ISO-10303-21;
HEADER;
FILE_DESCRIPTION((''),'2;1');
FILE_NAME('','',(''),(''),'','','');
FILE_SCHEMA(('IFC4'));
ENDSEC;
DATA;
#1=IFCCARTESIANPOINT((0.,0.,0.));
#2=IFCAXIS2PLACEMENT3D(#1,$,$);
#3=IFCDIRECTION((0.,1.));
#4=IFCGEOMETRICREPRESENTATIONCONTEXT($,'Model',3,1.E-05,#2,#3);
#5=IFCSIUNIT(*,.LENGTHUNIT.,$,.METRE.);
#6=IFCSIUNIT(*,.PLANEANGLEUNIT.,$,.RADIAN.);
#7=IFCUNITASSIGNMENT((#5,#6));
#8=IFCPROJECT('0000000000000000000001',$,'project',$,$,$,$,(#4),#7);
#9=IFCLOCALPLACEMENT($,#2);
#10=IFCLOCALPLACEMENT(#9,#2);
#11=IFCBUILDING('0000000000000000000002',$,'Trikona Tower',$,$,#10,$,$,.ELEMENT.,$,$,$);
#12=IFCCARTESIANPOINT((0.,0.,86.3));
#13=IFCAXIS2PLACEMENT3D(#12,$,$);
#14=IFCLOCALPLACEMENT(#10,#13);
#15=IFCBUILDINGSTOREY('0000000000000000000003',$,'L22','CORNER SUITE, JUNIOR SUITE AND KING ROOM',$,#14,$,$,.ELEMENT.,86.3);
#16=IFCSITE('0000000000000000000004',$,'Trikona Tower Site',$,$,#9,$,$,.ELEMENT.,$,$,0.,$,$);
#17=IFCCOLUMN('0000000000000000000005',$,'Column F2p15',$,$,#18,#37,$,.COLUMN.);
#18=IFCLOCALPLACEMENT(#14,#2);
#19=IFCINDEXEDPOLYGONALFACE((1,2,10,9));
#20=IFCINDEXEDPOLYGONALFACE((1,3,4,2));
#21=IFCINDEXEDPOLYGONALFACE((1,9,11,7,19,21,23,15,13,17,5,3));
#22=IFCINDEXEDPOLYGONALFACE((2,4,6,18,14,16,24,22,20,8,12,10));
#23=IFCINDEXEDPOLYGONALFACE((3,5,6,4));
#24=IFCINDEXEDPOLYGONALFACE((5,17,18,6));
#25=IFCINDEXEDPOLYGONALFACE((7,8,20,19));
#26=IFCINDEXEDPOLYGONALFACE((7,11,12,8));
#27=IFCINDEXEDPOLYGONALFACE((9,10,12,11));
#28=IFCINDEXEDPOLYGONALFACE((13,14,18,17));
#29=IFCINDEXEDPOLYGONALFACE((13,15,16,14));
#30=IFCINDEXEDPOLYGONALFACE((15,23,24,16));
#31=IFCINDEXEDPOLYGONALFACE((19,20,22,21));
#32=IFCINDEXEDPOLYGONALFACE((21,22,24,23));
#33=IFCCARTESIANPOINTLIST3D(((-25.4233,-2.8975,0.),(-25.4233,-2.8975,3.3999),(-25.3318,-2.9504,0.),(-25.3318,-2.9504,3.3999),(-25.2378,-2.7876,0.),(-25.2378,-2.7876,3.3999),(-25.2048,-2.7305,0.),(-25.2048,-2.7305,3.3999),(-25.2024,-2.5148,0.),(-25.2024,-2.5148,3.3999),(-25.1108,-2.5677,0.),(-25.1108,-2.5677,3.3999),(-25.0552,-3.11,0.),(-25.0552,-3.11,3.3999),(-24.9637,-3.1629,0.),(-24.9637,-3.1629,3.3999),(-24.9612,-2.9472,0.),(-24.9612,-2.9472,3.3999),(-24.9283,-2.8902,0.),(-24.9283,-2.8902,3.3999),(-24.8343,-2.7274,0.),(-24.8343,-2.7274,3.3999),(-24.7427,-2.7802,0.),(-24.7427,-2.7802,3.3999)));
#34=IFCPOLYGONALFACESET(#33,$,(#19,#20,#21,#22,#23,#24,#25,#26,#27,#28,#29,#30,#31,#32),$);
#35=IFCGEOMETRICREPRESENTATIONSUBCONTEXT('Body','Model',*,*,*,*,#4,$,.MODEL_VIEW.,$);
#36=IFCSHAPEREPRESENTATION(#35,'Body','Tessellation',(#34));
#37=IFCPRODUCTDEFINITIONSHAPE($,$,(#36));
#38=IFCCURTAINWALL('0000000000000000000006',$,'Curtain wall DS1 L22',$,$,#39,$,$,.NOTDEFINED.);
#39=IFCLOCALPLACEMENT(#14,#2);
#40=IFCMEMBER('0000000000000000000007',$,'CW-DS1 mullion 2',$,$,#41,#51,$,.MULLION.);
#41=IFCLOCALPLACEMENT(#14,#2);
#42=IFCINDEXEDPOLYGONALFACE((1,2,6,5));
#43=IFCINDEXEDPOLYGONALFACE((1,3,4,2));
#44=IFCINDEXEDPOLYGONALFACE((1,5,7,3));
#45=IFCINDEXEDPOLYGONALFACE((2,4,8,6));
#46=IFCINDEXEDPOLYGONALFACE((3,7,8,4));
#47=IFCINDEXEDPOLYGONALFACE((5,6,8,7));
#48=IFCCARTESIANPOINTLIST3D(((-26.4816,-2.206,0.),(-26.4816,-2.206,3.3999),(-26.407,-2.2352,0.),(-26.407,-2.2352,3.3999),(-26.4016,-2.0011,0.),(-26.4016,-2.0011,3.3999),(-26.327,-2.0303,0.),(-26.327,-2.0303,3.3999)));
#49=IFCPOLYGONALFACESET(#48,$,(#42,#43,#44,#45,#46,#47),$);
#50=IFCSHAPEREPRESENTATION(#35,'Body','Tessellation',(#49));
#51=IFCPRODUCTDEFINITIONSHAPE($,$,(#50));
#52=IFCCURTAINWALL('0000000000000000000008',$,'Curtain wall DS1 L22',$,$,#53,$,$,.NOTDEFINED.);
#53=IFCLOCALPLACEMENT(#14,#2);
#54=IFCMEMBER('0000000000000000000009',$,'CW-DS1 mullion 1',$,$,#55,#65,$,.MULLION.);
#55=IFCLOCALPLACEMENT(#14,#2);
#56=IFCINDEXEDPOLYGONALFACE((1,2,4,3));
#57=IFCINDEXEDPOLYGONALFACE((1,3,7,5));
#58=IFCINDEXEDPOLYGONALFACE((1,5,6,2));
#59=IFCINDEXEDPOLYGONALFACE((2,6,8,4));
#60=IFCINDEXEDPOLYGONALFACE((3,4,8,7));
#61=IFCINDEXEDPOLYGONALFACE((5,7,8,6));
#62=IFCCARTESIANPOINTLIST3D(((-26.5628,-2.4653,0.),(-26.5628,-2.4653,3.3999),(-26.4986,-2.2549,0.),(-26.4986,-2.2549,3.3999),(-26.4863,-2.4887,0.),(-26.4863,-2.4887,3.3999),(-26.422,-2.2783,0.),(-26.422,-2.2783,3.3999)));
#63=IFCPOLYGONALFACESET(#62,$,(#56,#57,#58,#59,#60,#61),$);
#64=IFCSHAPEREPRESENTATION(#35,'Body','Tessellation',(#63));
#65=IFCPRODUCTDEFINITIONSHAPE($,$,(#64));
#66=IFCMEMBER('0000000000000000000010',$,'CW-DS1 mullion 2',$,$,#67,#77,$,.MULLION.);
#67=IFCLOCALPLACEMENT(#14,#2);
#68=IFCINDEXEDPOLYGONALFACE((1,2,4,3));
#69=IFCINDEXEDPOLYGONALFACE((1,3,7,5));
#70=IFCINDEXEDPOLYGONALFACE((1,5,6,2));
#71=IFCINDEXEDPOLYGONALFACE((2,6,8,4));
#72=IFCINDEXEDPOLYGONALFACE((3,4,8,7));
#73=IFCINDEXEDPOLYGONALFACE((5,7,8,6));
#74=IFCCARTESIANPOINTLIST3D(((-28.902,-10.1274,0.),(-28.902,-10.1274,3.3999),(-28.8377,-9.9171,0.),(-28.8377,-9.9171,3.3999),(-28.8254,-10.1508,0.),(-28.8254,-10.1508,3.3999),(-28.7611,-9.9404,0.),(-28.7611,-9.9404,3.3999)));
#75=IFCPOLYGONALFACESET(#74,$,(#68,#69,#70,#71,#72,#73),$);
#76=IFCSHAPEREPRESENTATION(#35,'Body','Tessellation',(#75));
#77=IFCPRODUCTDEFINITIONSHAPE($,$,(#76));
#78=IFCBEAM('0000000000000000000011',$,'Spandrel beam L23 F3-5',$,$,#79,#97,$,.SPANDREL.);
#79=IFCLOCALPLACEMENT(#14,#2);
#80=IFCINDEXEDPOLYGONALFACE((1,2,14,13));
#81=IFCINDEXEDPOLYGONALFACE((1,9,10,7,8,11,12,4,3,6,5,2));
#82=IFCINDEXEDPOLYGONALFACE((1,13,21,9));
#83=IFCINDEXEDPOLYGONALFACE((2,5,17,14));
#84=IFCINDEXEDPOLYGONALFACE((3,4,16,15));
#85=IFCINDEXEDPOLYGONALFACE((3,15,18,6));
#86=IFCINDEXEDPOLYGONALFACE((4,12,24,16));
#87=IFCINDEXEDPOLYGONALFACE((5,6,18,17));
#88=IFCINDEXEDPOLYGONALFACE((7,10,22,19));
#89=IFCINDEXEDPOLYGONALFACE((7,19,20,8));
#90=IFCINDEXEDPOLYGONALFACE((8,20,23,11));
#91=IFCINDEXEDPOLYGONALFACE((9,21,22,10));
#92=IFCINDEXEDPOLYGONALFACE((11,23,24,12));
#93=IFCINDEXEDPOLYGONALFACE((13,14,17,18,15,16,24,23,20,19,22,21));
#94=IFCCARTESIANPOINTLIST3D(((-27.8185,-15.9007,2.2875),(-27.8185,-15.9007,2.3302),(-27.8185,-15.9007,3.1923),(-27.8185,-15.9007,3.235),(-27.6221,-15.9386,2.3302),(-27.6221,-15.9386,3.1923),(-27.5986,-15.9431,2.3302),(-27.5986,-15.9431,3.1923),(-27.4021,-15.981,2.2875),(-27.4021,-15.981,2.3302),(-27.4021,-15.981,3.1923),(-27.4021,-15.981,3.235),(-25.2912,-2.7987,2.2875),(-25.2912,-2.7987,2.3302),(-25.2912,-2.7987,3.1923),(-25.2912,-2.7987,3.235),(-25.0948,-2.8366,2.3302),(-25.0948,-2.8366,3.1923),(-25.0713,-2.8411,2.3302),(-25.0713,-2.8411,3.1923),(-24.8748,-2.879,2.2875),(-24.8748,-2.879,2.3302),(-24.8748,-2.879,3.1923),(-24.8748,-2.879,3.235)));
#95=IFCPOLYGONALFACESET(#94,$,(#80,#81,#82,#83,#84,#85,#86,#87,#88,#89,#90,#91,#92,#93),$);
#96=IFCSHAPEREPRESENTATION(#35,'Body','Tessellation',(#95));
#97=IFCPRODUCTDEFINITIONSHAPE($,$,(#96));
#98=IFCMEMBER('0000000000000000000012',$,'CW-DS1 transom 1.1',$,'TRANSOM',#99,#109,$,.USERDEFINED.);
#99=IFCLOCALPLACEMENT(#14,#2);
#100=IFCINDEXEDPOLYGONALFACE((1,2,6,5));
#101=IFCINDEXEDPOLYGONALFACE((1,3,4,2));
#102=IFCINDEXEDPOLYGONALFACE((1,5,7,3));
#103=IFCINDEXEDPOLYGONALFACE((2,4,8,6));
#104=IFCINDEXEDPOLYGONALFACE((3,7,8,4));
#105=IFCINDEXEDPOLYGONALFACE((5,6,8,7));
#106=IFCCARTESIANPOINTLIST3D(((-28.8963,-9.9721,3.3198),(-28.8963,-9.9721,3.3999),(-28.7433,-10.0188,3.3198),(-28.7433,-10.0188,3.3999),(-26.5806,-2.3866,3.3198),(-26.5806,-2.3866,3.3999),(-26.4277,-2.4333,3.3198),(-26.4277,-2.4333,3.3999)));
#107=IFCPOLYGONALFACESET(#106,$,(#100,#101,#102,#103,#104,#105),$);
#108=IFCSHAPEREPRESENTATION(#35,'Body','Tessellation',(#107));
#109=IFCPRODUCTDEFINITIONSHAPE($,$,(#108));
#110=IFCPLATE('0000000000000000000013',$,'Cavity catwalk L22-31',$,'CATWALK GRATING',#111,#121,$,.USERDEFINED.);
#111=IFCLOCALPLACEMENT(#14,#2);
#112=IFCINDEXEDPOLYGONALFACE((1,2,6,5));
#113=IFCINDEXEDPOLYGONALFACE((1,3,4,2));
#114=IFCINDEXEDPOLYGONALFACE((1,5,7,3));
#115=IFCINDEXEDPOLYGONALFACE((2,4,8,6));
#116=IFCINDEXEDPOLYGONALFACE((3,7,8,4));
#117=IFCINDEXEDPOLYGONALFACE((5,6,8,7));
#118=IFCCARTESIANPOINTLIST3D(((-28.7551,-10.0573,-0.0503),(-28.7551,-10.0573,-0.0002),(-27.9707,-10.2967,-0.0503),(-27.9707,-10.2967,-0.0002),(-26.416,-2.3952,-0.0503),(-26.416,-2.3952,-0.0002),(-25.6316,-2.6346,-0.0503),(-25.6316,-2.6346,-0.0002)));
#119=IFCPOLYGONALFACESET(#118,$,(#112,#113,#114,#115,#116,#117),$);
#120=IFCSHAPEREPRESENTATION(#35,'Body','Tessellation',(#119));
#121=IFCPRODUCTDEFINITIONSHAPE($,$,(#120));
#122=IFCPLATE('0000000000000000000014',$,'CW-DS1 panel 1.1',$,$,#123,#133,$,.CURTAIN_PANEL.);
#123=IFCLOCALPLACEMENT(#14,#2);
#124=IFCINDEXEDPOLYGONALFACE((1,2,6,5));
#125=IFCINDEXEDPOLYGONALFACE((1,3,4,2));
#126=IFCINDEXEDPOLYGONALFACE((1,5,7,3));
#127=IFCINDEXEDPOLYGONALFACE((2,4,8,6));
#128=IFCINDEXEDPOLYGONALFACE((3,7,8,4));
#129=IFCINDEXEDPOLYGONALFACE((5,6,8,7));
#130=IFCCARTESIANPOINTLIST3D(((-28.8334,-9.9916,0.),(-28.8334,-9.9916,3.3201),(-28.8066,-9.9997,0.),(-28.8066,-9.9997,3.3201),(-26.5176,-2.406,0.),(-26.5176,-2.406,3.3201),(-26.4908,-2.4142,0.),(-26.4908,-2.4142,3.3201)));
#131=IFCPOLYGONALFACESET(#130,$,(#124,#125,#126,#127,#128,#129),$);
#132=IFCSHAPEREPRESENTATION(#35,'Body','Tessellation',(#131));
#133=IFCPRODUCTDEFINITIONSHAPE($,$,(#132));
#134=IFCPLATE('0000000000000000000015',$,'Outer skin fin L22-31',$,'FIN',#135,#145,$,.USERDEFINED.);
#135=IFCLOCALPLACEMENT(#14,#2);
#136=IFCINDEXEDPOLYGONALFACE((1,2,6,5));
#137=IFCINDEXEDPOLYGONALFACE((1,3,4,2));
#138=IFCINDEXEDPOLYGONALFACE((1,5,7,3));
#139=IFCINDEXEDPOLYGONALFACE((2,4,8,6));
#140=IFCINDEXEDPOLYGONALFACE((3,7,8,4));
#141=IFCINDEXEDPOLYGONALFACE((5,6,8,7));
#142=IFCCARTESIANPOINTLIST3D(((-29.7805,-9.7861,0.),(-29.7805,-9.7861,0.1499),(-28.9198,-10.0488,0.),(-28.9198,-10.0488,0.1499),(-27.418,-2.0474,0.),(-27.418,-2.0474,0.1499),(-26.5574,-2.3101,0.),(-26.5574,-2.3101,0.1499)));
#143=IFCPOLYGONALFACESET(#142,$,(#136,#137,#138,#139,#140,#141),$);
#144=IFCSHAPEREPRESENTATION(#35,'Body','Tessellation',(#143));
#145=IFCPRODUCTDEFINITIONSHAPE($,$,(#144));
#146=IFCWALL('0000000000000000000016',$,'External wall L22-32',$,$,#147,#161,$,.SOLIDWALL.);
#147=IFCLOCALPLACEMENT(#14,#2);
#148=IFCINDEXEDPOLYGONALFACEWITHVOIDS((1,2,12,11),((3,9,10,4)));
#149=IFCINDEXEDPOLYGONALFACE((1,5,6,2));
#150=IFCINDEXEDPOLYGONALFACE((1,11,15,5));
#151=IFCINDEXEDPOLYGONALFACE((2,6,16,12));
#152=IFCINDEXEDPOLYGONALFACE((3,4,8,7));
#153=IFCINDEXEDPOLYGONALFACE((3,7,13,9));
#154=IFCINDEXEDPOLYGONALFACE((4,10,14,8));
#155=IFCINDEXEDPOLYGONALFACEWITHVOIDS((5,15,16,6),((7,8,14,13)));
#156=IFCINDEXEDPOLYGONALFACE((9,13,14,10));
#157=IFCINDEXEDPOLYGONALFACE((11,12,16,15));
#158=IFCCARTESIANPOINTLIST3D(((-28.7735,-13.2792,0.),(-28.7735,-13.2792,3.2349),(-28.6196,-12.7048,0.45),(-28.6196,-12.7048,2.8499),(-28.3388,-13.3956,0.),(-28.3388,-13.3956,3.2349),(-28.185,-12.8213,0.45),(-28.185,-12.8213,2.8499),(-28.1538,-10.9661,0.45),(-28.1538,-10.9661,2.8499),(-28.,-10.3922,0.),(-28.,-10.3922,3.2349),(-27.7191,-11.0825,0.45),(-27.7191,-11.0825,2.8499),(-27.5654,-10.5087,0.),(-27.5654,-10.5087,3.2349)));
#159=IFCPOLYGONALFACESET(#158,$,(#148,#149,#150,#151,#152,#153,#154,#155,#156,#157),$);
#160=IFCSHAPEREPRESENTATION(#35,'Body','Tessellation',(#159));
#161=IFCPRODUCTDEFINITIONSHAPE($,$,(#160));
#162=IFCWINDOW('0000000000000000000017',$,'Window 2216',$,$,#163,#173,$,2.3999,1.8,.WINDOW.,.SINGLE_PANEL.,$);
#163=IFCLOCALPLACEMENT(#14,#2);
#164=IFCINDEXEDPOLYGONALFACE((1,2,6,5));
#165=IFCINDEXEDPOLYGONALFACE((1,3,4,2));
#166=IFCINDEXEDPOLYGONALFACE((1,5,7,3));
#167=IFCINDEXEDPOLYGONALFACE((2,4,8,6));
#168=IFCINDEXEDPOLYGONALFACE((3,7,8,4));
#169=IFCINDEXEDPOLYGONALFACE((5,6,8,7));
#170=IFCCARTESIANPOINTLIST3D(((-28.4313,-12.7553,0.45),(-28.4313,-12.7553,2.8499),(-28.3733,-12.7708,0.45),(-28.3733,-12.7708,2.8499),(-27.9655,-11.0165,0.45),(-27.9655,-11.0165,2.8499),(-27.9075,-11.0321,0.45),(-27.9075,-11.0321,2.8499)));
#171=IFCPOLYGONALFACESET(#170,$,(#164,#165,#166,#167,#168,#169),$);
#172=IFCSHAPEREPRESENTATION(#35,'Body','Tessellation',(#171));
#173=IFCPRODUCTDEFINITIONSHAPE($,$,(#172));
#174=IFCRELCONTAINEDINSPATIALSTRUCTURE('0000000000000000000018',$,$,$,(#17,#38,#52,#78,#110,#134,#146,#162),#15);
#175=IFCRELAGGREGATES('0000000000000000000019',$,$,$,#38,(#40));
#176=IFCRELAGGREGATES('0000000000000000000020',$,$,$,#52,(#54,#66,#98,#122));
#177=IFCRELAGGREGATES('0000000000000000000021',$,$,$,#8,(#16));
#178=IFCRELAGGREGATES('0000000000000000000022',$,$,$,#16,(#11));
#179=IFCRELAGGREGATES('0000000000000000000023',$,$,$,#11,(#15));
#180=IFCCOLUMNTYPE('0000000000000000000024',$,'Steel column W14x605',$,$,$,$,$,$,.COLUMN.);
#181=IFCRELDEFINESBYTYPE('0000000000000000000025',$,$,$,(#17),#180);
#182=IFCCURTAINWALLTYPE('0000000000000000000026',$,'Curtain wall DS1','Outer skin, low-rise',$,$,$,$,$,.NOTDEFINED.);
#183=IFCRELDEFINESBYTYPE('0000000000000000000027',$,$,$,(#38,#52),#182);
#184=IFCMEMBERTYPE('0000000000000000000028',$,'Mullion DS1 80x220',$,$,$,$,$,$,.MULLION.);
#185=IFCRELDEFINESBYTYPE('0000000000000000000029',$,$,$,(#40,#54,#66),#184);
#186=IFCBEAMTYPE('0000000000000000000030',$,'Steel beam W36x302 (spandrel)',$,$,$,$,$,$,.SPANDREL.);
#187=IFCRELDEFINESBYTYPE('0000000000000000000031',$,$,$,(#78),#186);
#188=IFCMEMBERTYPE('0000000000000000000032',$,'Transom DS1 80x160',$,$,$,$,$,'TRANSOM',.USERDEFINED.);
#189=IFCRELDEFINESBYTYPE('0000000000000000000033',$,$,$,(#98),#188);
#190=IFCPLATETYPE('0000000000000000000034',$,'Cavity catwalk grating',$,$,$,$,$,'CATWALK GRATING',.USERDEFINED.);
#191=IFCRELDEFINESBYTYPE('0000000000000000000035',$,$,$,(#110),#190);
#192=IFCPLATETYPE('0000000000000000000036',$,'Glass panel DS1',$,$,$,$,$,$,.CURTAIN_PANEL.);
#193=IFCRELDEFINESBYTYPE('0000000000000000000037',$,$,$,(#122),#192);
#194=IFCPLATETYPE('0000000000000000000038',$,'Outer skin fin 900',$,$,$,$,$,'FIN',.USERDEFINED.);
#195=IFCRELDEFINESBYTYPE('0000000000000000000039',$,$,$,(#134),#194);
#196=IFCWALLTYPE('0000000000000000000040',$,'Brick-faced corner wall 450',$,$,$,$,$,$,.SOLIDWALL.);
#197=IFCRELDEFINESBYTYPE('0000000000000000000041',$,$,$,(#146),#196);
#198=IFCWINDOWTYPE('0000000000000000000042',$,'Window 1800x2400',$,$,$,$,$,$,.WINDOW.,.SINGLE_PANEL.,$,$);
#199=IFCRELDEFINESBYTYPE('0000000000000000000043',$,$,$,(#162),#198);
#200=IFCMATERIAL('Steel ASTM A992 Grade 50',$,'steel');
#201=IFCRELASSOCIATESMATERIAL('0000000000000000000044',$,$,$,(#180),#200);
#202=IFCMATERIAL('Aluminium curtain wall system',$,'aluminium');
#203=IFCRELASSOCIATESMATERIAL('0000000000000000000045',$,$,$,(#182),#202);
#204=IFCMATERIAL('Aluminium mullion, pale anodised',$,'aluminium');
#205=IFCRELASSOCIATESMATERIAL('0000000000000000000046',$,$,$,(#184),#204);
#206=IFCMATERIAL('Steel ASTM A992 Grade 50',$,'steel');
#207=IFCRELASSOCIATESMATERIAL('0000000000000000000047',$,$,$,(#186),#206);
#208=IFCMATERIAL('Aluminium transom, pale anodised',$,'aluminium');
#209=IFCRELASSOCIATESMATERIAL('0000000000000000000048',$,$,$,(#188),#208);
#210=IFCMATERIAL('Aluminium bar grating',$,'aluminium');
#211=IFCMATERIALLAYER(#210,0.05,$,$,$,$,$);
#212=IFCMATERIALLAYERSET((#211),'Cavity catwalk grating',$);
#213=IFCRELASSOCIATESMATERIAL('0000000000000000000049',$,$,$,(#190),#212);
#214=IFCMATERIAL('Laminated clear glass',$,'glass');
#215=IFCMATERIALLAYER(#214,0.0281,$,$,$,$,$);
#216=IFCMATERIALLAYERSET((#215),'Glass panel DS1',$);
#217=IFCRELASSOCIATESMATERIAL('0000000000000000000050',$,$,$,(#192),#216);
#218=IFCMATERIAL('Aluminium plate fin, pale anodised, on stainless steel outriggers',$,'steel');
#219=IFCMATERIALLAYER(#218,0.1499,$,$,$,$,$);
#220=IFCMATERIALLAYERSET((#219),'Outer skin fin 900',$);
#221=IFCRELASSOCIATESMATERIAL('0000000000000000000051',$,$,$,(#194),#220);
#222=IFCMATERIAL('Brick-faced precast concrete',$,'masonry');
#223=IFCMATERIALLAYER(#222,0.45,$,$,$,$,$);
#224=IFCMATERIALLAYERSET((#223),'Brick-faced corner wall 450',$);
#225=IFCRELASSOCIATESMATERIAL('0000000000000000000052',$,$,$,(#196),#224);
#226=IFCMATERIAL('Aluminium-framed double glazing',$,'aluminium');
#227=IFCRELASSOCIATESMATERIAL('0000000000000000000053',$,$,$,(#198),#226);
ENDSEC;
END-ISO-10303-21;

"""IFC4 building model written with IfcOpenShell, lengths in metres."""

from ifc_helpers import new_model, si_unit, direction, frame, frame_2d, origin, origin_2d, place, context, subcontext, project, spatial, rectangle, i_section, extrude, material, layer, layer_set, material_profile, profile_set, type_object, element, fill, aggregate, save


model = new_model("IFC4")

# Units and contexts
model_context = context("Model", 3, precision=1e-05, world=origin(), true_north=direction((0.0, 1.0)))
body_context = subcontext(model_context, "Body", "Model", "MODEL_VIEW")
ifc_project = project(units=[si_unit("LENGTHUNIT", "METRE"), si_unit("PLANEANGLEUNIT", "RADIAN")], contexts=[model_context])

# Site, building, storey
site_placement = place(None, origin())
site = spatial("IfcSite", under=ifc_project, at=site_placement, Name="Trikona Tower Site", CompositionType="ELEMENT", RefElevation=0.0)
building_placement = place(site_placement, origin())
building = spatial("IfcBuilding", under=site, at=building_placement, Name="Trikona Tower", CompositionType="ELEMENT")
storey_placement = place(building_placement, frame((0.0, 0.0, 86.3)))
storey = spatial("IfcBuildingStorey", under=building, at=storey_placement, Name="L22", Description="CORNER SUITE, JUNIOR SUITE AND KING ROOM", CompositionType="ELEMENT", Elevation=86.3)

# Column
ifc_material_1 = material(Name="Steel ASTM A992 Grade 50", Category="steel")
ifc_material_profile_1 = material_profile(ifc_material_1, i_section(OverallWidth=0.4419, OverallDepth=0.5308, WebThickness=0.0659, FlangeThickness=0.1057, at=origin_2d()), Name="W14X605")
ifc_profile_set_1 = profile_set([ifc_material_profile_1], Name="Steel ASTM A992 Grade 50")
column_type = type_object("IfcColumnType", Name="Steel column W14x605", PredefinedType="COLUMN", material=ifc_profile_set_1)
column_placement = place(storey_placement, frame((-25.083, -2.8389, 0.0), z_axis=(0.0, 0.0, 1.0), x_axis=(-0.5, -0.866025, 0.0)))
element("IfcColumn", 1, at=column_placement, inside=storey, type_object=column_type, Name="Column F2p15", PredefinedType="COLUMN", context=body_context, shape_type="SweptSolid", body=[
    extrude(i_section(OverallWidth=0.4419, OverallDepth=0.5308, WebThickness=0.0659, FlangeThickness=0.1057, at=origin_2d()), origin(), (0.0, 0.0, 1.0), 3.3999),
])

# Curtain wall, member
ifc_material_2 = material(Name="Aluminium curtain wall system", Category="aluminium")
curtain_wall_type = type_object("IfcCurtainWallType", Name="Curtain wall DS1", Description="Outer skin, low-rise", PredefinedType="NOTDEFINED", material=ifc_material_2)
curtain_wall_1_placement = place(storey_placement, origin())
curtain_wall_1 = element("IfcCurtainWall", 2, at=curtain_wall_1_placement, inside=storey, type_object=curtain_wall_type, Name="Curtain wall DS1 L22", PredefinedType="NOTDEFINED")
ifc_material_3 = material(Name="Aluminium mullion, pale anodised", Category="aluminium")
ifc_material_profile_2 = material_profile(ifc_material_3, rectangle(XDim=0.0801, YDim=0.22, at=origin_2d()), Name="MUL-DS1")
ifc_profile_set_2 = profile_set([ifc_material_profile_2], Name="Aluminium mullion, pale anodised")
member_type_1 = type_object("IfcMemberType", Name="Mullion DS1 80x220", PredefinedType="MULLION", material=ifc_profile_set_2)
member_1_placement = place(storey_placement, frame((-26.4043, -2.1182, 0.0), z_axis=(0.0, 0.0, 1.0), x_axis=(0.931396, -0.364008, 0.0)))
member_1 = element("IfcMember", 3, at=member_1_placement, type_object=member_type_1, Name="CW-DS1 mullion 2", PredefinedType="MULLION", context=body_context, shape_type="SweptSolid", body=[
    extrude(rectangle(XDim=0.0801, YDim=0.22, at=origin_2d()), origin(), (0.0, 0.0, 1.0), 3.3999),
])
aggregate(curtain_wall_1, [member_1])

# Curtain wall, members
curtain_wall_2_placement = place(storey_placement, origin())
curtain_wall_2 = element("IfcCurtainWall", 4, at=curtain_wall_2_placement, inside=storey, type_object=curtain_wall_type, Name="Curtain wall DS1 L22", PredefinedType="NOTDEFINED")
member_2_placement = place(storey_placement, frame((-26.4924, -2.3718, 0.0), z_axis=(0.0, 0.0, 1.0), x_axis=(0.956423, -0.291984, 0.0)))
member_2 = element("IfcMember", 5, at=member_2_placement, type_object=member_type_1, Name="CW-DS1 mullion 1", PredefinedType="MULLION", context=body_context, shape_type="SweptSolid", body=[
    extrude(rectangle(XDim=0.0801, YDim=0.22, at=origin_2d()), origin(), (0.0, 0.0, 1.0), 3.3999),
])
member_3_placement = place(storey_placement, frame((-28.8315, -10.0339, 0.0), z_axis=(0.0, 0.0, 1.0), x_axis=(0.956423, -0.291984, 0.0)))
member_3 = element("IfcMember", 6, at=member_3_placement, type_object=member_type_1, Name="CW-DS1 mullion 2", PredefinedType="MULLION", context=body_context, shape_type="SweptSolid", body=[
    extrude(rectangle(XDim=0.0801, YDim=0.22, at=origin_2d()), origin(), (0.0, 0.0, 1.0), 3.3999),
])

# Beam
ifc_material_4 = material(Name="Steel ASTM A992 Grade 50", Category="steel")
ifc_material_profile_3 = material_profile(ifc_material_4, i_section(OverallWidth=0.4241, OverallDepth=0.9475, WebThickness=0.0239, FlangeThickness=0.0427, at=origin_2d()), Name="W36X302")
ifc_profile_set_3 = profile_set([ifc_material_profile_3], Name="Steel ASTM A992 Grade 50")
beam_type = type_object("IfcBeamType", Name="Steel beam W36x302 (spandrel)", PredefinedType="SPANDREL", material=ifc_profile_set_3)
beam_placement = place(storey_placement, frame((-25.083, -2.8389, 2.7612), z_axis=(-0.189405, -0.981899, 0.0), x_axis=(0.981899, -0.189405, 0.0)))
element("IfcBeam", 7, at=beam_placement, inside=storey, type_object=beam_type, Name="Spandrel beam L23 F3-5", PredefinedType="SPANDREL", context=body_context, shape_type="SweptSolid", body=[
    extrude(i_section(OverallWidth=0.4241, OverallDepth=0.9475, WebThickness=0.0239, FlangeThickness=0.0427, at=origin_2d()), origin(), (0.0, 0.0, 1.0), 13.3435),
])

# Member
ifc_material_5 = material(Name="Aluminium transom, pale anodised", Category="aluminium")
ifc_material_profile_4 = material_profile(ifc_material_5, rectangle(XDim=0.1599, YDim=0.0801, at=origin_2d()), Name="TRN-DS1")
ifc_profile_set_4 = profile_set([ifc_material_profile_4], Name="Aluminium transom, pale anodised")
member_type_2 = type_object("IfcMemberType", Name="Transom DS1 80x160", ElementType="TRANSOM", PredefinedType="USERDEFINED", material=ifc_profile_set_4)
member_4_placement = place(storey_placement, frame((-26.5042, -2.4099, 3.3599), z_axis=(-0.291967, -0.956428, 0.0), x_axis=(0.956428, -0.291967, 0.0)))
member_4 = element("IfcMember", 8, at=member_4_placement, type_object=member_type_2, Name="CW-DS1 transom 1.1", ObjectType="TRANSOM", PredefinedType="USERDEFINED", context=body_context, shape_type="SweptSolid", body=[
    extrude(rectangle(XDim=0.1599, YDim=0.0801, at=origin_2d()), origin(), (0.0, 0.0, 1.0), 7.9312),
])

# Plates
ifc_material_6 = material(Name="Aluminium bar grating", Category="aluminium")
ifc_layer_1 = layer(ifc_material_6, 0.05)
ifc_layer_set_1 = layer_set([ifc_layer_1], Name="Cavity catwalk grating")
plate_type_1 = type_object("IfcPlateType", Name="Cavity catwalk grating", ElementType="CATWALK GRATING", PredefinedType="USERDEFINED", material=ifc_layer_set_1)
plate_1_placement = place(storey_placement, frame((-27.1934, -6.3459, -0.0503), z_axis=(0.0, 0.0, 1.0), x_axis=(-0.291979, -0.956425, 0.0)))
element("IfcPlate", 9, at=plate_1_placement, inside=storey, type_object=plate_type_1, Name="Cavity catwalk L22-31", ObjectType="CATWALK GRATING", PredefinedType="USERDEFINED", context=body_context, shape_type="SweptSolid", body=[
    extrude(rectangle(XDim=8.0112, YDim=0.8201, at=origin_2d()), origin(), (0.0, 0.0, 1.0), 0.05),
])
ifc_material_7 = material(Name="Laminated clear glass", Category="glass")
ifc_layer_2 = layer(ifc_material_7, 0.0281)
ifc_layer_set_2 = layer_set([ifc_layer_2], Name="Glass panel DS1")
plate_type_2 = type_object("IfcPlateType", Name="Glass panel DS1", PredefinedType="CURTAIN_PANEL", material=ifc_layer_set_2)
plate_2_placement = place(storey_placement, frame((-27.6621, -6.2029, 0.0), z_axis=(0.0, 0.0, 1.0), x_axis=(-0.291984, -0.956423, 0.0)))
plate_2 = element("IfcPlate", 10, at=plate_2_placement, type_object=plate_type_2, Name="CW-DS1 panel 1.1", PredefinedType="CURTAIN_PANEL", context=body_context, shape_type="SweptSolid", body=[
    extrude(rectangle(XDim=7.9312, YDim=0.0281, at=origin_2d()), origin(), (0.0, 0.0, 1.0), 3.3201),
])
aggregate(curtain_wall_2, [member_2, member_3, member_4, plate_2])
ifc_material_8 = material(Name="Aluminium plate fin, pale anodised, on stainless steel outriggers", Category="steel")
ifc_layer_3 = layer(ifc_material_8, 0.1499)
ifc_layer_set_3 = layer_set([ifc_layer_3], Name="Outer skin fin 900")
plate_type_3 = type_object("IfcPlateType", Name="Outer skin fin 900", ElementType="FIN", PredefinedType="USERDEFINED", material=ifc_layer_set_3)
plate_3_placement = place(storey_placement, frame((-28.1689, -6.0481, 0.0), z_axis=(0.0, 0.0, 1.0), x_axis=(-0.291979, -0.956425, 0.0)))
element("IfcPlate", 11, at=plate_3_placement, inside=storey, type_object=plate_type_3, Name="Outer skin fin L22-31", ObjectType="FIN", PredefinedType="USERDEFINED", context=body_context, shape_type="SweptSolid", body=[
    extrude(rectangle(XDim=8.0913, YDim=0.8999, at=origin_2d()), origin(), (0.0, 0.0, 1.0), 0.1499),
])

# Wall, opening, window
ifc_material_9 = material(Name="Brick-faced precast concrete", Category="masonry")
ifc_layer_4 = layer(ifc_material_9, 0.45)
ifc_layer_set_4 = layer_set([ifc_layer_4], Name="Brick-faced corner wall 450")
wall_type_1 = type_object("IfcWallType", Name="Brick-faced corner wall 450", PredefinedType="SOLIDWALL", material=ifc_layer_set_4)
wall_1_placement = place(storey_placement, frame((-27.7827, -10.4504, 0.0), z_axis=(0.0, 0.0, 1.0), x_axis=(-0.258781, -0.965936, 0.0)))
wall_1 = element("IfcWall", 12, at=wall_1_placement, inside=storey, type_object=wall_type_1, Name="External wall L22-32", PredefinedType="SOLIDWALL", context=body_context, shape_type="SweptSolid", body=[
    extrude(rectangle(XDim=2.9888, YDim=0.45, at=frame_2d((1.4944, 0.0))), origin(), (0.0, 0.0, 1.0), 3.2349),
])
opening_1_placement = place(wall_1_placement, frame((0.5942, 0.0, 0.45)))
opening_1 = element("IfcOpeningElement", 13, at=opening_1_placement, cuts=wall_1, PredefinedType="OPENING", context=body_context, shape_type="SweptSolid", body=[
    extrude(rectangle(XDim=1.8, YDim=2.3999, at=frame_2d((0.8999, 1.2))), frame((0.0, 0.2349, 0.0), z_axis=(0.0, -1.0, 0.0), x_axis=(1.0, 0.0, 0.0)), (0.0, 0.0, 1.0), 0.47),
])
ifc_material_10 = material(Name="Aluminium-framed double glazing", Category="aluminium")
window_type_1 = type_object("IfcWindowType", Name="Window 1800x2400", PartitioningType="SINGLE_PANEL", PredefinedType="WINDOW", material=ifc_material_10)
window_1_placement = place(opening_1_placement, origin())
window_1 = element("IfcWindow", 14, at=window_1_placement, inside=storey, type_object=window_type_1, Name="Window 2216", OverallHeight=2.3999, OverallWidth=1.8, PartitioningType="SINGLE_PANEL", PredefinedType="WINDOW", context=body_context, shape_type="SweptSolid", body=[
    extrude(rectangle(XDim=1.8, YDim=2.3999, at=frame_2d((0.8999, 1.2))), frame((0.0, 0.03, 0.0), z_axis=(0.0, -1.0, 0.0), x_axis=(1.0, 0.0, 0.0)), (0.0, 0.0, 1.0), 0.0601),
])
fill(opening_1, window_1)

save(model, "model.ifc")
